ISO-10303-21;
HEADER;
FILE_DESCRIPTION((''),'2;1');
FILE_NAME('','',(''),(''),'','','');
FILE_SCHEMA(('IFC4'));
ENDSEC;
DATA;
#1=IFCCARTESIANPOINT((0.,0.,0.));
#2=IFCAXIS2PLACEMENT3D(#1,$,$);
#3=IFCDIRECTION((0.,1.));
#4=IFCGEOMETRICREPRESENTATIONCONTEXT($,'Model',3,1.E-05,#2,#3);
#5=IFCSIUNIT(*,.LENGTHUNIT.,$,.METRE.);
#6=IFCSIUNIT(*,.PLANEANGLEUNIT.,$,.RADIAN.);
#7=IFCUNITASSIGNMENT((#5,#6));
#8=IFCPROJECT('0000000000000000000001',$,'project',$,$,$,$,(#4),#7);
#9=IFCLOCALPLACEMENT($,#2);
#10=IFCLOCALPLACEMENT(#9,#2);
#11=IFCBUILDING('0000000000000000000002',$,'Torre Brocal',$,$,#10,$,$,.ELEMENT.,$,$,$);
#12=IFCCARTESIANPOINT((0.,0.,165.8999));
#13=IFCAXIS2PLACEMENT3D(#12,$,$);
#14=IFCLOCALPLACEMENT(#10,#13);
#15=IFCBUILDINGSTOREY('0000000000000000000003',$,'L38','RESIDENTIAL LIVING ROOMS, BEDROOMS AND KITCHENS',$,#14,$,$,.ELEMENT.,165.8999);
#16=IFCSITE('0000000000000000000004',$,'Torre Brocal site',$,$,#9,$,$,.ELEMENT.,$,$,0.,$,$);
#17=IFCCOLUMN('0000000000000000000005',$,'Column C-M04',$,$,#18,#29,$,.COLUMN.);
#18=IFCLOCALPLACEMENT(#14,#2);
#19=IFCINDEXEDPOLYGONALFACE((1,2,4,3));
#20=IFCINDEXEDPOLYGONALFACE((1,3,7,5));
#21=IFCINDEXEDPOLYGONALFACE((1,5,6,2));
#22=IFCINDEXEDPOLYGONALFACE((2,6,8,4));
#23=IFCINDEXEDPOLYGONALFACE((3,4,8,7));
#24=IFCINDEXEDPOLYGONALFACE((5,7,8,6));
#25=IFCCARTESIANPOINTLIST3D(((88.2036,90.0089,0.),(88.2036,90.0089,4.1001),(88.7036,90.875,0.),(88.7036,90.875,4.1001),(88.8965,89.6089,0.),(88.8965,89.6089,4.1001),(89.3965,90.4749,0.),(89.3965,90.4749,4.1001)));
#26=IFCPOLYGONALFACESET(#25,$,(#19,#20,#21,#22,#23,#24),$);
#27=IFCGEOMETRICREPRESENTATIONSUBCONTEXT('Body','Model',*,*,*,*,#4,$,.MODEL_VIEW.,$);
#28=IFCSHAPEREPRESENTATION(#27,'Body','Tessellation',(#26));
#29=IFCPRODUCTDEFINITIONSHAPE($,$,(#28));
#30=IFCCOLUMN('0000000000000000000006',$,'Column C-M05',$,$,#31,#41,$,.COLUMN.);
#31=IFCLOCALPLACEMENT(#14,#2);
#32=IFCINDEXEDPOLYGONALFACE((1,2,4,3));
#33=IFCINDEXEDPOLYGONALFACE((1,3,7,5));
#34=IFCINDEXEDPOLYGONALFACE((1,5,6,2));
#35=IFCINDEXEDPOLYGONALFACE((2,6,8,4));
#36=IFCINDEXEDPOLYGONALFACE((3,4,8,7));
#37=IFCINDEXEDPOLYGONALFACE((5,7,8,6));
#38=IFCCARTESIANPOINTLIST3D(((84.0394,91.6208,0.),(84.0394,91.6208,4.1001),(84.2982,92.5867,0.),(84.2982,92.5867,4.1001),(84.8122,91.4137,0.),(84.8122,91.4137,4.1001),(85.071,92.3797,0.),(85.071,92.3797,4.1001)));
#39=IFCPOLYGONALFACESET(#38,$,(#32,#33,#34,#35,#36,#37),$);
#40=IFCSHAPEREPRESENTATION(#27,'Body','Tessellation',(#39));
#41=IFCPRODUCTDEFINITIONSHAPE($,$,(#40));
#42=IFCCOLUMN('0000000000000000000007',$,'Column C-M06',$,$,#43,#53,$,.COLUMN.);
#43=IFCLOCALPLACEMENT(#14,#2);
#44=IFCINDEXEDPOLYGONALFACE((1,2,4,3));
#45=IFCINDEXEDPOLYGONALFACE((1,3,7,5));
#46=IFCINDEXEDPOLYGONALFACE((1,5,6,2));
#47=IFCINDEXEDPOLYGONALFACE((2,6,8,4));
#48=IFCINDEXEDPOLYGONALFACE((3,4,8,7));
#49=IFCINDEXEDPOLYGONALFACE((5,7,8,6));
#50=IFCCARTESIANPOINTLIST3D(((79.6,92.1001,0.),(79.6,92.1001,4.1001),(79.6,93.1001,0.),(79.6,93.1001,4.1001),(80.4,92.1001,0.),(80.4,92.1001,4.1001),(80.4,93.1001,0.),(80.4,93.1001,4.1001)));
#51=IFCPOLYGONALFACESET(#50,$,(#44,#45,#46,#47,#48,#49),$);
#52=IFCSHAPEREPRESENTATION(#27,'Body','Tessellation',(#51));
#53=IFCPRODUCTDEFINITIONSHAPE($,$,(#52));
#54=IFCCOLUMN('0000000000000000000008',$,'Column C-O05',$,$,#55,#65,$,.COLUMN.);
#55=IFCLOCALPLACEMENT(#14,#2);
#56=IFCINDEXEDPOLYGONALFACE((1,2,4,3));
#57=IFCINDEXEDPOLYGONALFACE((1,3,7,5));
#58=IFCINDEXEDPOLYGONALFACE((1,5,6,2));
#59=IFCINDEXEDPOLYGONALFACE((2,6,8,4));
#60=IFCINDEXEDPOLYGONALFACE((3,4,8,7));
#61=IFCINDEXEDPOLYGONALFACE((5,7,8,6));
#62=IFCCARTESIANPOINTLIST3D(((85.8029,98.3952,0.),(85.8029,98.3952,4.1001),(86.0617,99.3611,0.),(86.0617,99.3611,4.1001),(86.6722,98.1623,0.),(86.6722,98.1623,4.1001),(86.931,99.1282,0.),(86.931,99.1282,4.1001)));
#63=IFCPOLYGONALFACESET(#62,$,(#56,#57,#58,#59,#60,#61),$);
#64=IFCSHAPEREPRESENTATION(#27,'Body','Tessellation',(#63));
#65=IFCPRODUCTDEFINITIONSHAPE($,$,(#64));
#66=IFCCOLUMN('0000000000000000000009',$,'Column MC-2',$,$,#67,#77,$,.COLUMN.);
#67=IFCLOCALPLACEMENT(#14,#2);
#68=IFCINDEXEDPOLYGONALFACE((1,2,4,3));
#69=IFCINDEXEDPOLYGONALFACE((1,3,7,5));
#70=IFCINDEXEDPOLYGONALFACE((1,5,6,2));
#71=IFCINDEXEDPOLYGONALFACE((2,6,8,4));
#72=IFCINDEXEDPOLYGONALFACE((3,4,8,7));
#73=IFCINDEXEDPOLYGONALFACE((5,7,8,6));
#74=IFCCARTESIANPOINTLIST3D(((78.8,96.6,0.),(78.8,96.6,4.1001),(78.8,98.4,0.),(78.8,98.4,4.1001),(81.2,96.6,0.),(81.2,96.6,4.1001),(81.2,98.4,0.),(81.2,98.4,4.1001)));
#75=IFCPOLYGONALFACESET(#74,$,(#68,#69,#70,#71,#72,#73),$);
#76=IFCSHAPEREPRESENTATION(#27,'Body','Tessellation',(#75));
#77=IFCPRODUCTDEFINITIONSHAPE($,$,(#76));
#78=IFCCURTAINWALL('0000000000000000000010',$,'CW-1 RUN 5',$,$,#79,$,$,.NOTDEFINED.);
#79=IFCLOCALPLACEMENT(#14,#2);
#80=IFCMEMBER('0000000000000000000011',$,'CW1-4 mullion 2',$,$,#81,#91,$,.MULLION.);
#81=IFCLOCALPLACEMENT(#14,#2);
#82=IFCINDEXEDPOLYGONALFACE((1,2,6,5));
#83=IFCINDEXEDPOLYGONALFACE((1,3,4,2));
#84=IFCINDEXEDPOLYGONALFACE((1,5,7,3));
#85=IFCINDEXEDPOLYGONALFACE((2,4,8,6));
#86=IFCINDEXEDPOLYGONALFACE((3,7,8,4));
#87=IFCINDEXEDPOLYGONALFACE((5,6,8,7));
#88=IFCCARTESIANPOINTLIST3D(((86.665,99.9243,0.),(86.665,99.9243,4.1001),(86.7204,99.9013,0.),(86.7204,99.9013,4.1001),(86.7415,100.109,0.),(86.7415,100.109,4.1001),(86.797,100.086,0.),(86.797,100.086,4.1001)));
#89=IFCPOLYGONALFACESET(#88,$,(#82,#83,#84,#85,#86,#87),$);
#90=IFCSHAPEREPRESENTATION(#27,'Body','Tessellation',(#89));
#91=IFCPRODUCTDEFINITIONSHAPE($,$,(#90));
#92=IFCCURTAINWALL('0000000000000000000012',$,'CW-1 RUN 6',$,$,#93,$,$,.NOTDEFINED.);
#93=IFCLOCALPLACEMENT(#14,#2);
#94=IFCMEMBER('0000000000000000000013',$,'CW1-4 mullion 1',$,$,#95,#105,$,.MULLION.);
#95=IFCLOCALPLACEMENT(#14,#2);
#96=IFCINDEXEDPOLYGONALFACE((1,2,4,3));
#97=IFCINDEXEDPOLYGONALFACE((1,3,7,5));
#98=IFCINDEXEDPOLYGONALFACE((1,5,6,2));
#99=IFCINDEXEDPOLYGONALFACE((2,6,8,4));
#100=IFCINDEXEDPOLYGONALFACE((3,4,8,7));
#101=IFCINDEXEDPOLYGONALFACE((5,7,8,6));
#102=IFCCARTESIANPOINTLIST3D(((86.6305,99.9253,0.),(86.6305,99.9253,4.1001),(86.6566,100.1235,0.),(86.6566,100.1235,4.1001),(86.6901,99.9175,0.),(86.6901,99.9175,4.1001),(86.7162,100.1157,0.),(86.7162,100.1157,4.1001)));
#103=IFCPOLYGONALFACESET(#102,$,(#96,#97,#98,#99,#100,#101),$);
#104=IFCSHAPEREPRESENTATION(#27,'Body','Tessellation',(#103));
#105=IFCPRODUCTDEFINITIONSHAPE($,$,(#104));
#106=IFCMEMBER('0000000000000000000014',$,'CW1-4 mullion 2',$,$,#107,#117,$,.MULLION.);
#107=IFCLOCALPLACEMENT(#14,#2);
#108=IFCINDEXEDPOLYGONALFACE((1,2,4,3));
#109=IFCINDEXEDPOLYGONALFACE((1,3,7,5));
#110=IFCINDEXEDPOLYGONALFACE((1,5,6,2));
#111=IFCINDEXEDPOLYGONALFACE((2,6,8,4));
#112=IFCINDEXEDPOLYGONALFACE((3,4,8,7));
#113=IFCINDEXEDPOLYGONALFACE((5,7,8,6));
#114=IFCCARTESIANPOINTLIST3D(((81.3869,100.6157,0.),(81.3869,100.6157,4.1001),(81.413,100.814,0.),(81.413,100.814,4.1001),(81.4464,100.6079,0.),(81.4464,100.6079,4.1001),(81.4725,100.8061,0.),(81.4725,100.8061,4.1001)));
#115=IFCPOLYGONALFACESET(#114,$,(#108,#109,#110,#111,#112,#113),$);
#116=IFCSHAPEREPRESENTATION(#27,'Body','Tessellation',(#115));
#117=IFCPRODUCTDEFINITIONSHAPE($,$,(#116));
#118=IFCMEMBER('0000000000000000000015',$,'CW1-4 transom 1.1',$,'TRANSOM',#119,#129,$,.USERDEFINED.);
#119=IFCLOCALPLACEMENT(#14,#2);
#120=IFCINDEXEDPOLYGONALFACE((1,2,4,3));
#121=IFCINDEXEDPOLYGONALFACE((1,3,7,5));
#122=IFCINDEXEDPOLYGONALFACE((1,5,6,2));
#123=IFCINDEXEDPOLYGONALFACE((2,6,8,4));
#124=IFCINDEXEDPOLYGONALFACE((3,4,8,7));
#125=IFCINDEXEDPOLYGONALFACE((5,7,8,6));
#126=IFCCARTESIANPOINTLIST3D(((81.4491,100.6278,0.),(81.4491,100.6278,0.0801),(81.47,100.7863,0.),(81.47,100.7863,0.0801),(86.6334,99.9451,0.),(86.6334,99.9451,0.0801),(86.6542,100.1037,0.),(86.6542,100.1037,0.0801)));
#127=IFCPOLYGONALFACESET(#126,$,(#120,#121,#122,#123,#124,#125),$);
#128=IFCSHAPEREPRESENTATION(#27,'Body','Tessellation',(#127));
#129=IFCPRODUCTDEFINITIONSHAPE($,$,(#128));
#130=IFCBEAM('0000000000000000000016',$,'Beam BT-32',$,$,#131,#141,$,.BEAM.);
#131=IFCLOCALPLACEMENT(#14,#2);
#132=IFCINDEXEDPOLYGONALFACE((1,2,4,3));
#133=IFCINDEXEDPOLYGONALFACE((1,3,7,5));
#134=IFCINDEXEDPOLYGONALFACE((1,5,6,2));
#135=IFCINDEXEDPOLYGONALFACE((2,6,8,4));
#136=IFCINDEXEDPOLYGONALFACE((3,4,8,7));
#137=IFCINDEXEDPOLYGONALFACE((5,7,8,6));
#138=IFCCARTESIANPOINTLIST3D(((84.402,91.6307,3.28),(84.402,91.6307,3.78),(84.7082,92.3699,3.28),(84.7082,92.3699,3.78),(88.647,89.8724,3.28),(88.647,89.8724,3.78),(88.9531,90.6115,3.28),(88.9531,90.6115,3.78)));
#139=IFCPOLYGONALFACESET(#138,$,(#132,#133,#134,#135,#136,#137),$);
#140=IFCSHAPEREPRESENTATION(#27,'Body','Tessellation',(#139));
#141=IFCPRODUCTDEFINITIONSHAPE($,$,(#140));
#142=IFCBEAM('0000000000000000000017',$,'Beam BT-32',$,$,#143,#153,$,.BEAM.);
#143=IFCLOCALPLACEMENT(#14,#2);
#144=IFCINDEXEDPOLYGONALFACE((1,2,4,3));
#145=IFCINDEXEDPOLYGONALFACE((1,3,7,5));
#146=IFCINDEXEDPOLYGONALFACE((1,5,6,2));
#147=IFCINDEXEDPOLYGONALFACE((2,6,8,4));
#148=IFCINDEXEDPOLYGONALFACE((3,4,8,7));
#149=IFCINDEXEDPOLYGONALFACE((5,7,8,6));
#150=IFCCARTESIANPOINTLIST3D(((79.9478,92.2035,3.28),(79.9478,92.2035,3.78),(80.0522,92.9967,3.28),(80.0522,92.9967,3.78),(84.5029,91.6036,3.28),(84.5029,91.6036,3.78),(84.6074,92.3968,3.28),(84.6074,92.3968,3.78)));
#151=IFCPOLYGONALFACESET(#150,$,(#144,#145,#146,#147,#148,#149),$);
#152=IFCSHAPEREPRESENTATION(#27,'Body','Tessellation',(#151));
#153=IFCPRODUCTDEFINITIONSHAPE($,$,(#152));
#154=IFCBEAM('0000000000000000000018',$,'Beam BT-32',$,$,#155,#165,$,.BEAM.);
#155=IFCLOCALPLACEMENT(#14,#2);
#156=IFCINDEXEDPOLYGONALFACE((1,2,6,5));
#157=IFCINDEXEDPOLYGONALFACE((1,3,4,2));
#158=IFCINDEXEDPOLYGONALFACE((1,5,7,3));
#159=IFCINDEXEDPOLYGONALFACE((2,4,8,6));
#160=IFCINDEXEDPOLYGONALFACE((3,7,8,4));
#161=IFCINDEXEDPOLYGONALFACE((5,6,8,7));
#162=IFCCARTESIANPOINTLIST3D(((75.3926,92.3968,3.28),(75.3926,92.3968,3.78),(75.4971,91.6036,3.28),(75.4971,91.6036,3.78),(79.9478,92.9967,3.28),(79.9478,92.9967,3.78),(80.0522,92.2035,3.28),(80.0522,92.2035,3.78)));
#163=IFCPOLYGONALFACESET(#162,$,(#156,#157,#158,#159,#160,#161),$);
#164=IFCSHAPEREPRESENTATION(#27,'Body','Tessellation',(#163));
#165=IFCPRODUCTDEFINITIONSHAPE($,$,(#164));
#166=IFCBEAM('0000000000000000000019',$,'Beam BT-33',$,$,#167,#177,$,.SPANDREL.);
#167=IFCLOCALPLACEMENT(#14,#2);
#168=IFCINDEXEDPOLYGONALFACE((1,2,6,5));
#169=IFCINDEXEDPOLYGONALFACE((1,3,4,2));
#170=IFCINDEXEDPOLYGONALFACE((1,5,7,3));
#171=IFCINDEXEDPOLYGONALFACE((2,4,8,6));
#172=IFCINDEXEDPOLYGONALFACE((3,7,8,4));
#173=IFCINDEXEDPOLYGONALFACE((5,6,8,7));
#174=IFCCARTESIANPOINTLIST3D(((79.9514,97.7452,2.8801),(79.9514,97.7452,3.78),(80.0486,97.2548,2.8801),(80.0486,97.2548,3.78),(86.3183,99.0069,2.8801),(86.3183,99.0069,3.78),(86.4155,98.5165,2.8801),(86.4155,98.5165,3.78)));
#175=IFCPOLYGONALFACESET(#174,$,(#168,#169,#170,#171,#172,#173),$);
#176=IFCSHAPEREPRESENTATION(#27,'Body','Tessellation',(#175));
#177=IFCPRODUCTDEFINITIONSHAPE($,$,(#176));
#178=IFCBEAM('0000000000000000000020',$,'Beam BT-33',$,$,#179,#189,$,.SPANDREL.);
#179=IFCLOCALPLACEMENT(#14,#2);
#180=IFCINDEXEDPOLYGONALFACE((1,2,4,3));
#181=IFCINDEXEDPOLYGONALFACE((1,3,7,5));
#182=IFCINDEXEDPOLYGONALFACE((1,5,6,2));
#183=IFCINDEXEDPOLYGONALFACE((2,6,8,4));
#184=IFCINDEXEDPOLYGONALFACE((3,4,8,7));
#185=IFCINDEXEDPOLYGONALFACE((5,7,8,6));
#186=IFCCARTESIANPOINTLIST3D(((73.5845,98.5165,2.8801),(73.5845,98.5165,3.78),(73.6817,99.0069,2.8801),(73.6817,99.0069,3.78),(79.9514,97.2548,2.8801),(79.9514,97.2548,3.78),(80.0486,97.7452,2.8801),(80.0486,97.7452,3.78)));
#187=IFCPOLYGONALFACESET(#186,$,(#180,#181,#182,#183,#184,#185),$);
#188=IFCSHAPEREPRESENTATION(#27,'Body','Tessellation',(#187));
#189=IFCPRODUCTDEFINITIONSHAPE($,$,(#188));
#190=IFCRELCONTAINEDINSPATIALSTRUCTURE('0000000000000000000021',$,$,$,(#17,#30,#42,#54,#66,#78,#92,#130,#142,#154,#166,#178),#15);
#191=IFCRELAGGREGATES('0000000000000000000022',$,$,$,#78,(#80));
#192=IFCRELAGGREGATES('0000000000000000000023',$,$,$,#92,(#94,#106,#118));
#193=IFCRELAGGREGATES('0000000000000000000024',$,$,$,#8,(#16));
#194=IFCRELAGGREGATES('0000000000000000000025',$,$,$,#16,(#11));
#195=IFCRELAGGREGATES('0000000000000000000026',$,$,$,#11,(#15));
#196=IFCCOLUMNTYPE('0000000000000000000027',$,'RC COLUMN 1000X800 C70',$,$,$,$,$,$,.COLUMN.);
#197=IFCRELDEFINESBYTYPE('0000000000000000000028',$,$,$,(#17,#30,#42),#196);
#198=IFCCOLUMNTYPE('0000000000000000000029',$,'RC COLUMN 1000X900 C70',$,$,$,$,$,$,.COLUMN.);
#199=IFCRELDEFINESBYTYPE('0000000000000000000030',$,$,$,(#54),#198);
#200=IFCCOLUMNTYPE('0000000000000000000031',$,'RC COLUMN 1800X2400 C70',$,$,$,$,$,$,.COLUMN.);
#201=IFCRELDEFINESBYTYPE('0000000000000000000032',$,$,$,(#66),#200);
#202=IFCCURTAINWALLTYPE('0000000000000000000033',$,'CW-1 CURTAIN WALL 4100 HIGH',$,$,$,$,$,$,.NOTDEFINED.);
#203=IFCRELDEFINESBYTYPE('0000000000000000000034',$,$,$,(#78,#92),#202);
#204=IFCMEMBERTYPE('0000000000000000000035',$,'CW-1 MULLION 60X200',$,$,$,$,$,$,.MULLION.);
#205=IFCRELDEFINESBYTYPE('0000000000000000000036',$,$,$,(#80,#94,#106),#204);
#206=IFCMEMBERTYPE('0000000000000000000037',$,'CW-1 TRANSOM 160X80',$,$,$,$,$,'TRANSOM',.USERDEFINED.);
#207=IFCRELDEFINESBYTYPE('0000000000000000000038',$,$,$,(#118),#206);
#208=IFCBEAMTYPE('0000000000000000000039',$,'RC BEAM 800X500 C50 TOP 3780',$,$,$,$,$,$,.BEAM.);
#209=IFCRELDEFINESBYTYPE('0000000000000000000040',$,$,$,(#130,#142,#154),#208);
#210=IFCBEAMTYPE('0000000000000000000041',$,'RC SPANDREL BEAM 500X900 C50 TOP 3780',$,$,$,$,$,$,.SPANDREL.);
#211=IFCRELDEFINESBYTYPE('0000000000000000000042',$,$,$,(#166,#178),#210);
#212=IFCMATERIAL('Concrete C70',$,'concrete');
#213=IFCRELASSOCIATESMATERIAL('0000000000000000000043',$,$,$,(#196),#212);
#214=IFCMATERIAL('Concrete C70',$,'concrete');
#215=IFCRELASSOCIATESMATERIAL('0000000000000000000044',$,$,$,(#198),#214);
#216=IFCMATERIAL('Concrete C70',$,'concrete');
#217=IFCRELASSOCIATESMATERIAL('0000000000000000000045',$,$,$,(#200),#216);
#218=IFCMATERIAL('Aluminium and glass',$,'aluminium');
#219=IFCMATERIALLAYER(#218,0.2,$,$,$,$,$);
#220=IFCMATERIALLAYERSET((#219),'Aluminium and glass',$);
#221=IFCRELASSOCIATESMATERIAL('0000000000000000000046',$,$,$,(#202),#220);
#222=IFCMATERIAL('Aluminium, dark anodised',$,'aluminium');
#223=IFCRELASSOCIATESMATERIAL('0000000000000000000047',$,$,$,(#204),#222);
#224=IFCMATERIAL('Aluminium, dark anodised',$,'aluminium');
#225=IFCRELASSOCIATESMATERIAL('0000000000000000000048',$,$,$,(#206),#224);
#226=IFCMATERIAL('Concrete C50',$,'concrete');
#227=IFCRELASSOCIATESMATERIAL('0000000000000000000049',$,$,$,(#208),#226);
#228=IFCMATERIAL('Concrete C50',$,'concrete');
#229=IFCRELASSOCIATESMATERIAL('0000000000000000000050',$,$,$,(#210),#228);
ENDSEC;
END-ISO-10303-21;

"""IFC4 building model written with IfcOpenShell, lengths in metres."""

from ifc_helpers import new_model, si_unit, direction, frame, origin, origin_2d, place, context, subcontext, project, spatial, rectangle, extrude, material, layer, layer_set, material_profile, profile_set, type_object, element, aggregate, save


model = new_model("IFC4")

# Units and contexts
model_context = context("Model", 3, precision=1e-05, world=origin(), true_north=direction((0.0, 1.0)))
body_context = subcontext(model_context, "Body", "Model", "MODEL_VIEW")
ifc_project = project(units=[si_unit("LENGTHUNIT", "METRE"), si_unit("PLANEANGLEUNIT", "RADIAN")], contexts=[model_context])

# Site, building, storey
site_placement = place(None, origin())
site = spatial("IfcSite", under=ifc_project, at=site_placement, Name="Torre Brocal site", CompositionType="ELEMENT", RefElevation=0.0)
building_placement = place(site_placement, origin())
building = spatial("IfcBuilding", under=site, at=building_placement, Name="Torre Brocal", CompositionType="ELEMENT")
storey_placement = place(building_placement, frame((0.0, 0.0, 165.8999)))
storey = spatial("IfcBuildingStorey", under=building, at=storey_placement, Name="L38", Description="RESIDENTIAL LIVING ROOMS, BEDROOMS AND KITCHENS", CompositionType="ELEMENT", Elevation=165.8999)

# Columns
ifc_material_1 = material(Name="Concrete C70", Category="concrete")
ifc_material_profile_1 = material_profile(ifc_material_1, rectangle(XDim=1.0, YDim=0.8, at=origin_2d()), Name="RC 1000X800")
ifc_profile_set_1 = profile_set([ifc_material_profile_1], Name="Concrete C70")
column_type_1 = type_object("IfcColumnType", Name="RC COLUMN 1000X800 C70", PredefinedType="COLUMN", material=ifc_profile_set_1)
for number, where, z_axis, x_axis, name in (
    (1, (88.8, 90.2419, 0.0), (0.0, 0.0, 1.0), (0.5, 0.866025, 0.0), "Column C-M04"),
    (2, (84.5552, 92.0002, 0.0), (0.0, 0.0, 1.0), (0.258819, 0.965926, 0.0), "Column C-M05"),
    (3, (80.0, 92.6001, 0.0), (0.0, 0.0, 1.0), (0.0, 1.0, 0.0), "Column C-M06"),
):
    element("IfcColumn", number, at=place(storey_placement, frame(where, z_axis=z_axis, x_axis=x_axis)), inside=storey, type_object=column_type_1, Name=name, PredefinedType="COLUMN", context=body_context, shape_type="SweptSolid", body=[
        extrude(rectangle(XDim=1.0, YDim=0.8, at=origin_2d()), origin(), (0.0, 0.0, 1.0), 4.1001),
    ])
ifc_material_2 = material(Name="Concrete C70", Category="concrete")
ifc_material_profile_2 = material_profile(ifc_material_2, rectangle(XDim=1.0, YDim=0.8999, at=origin_2d()), Name="RC 1000X900")
ifc_profile_set_2 = profile_set([ifc_material_profile_2], Name="Concrete C70")
column_type_2 = type_object("IfcColumnType", Name="RC COLUMN 1000X900 C70", PredefinedType="COLUMN", material=ifc_profile_set_2)
column_1_placement = place(storey_placement, frame((86.3669, 98.7617, 0.0), z_axis=(0.0, 0.0, 1.0), x_axis=(0.258819, 0.965926, 0.0)))
element("IfcColumn", 4, at=column_1_placement, inside=storey, type_object=column_type_2, Name="Column C-O05", PredefinedType="COLUMN", context=body_context, shape_type="SweptSolid", body=[
    extrude(rectangle(XDim=1.0, YDim=0.8999, at=origin_2d()), origin(), (0.0, 0.0, 1.0), 4.1001),
])
ifc_material_3 = material(Name="Concrete C70", Category="concrete")
ifc_material_profile_3 = material_profile(ifc_material_3, rectangle(XDim=1.8, YDim=2.3999, at=origin_2d()), Name="RC 1800X2400")
ifc_profile_set_3 = profile_set([ifc_material_profile_3], Name="Concrete C70")
column_type_3 = type_object("IfcColumnType", Name="RC COLUMN 1800X2400 C70", PredefinedType="COLUMN", material=ifc_profile_set_3)
column_2_placement = place(storey_placement, frame((80.0, 97.5, 0.0), z_axis=(0.0, 0.0, 1.0), x_axis=(0.0, 1.0, 0.0)))
element("IfcColumn", 5, at=column_2_placement, inside=storey, type_object=column_type_3, Name="Column MC-2", PredefinedType="COLUMN", context=body_context, shape_type="SweptSolid", body=[
    extrude(rectangle(XDim=1.8, YDim=2.3999, at=origin_2d()), origin(), (0.0, 0.0, 1.0), 4.1001),
])

# Curtain wall, member
ifc_material_4 = material(Name="Aluminium and glass", Category="aluminium")
ifc_layer_1 = layer(ifc_material_4, 0.2)
ifc_layer_set_1 = layer_set([ifc_layer_1], Name="Aluminium and glass")
curtain_wall_type = type_object("IfcCurtainWallType", Name="CW-1 CURTAIN WALL 4100 HIGH", PredefinedType="NOTDEFINED", material=ifc_layer_set_1)
curtain_wall_1_placement = place(storey_placement, origin())
curtain_wall_1 = element("IfcCurtainWall", 6, at=curtain_wall_1_placement, inside=storey, type_object=curtain_wall_type, Name="CW-1 RUN 5", PredefinedType="NOTDEFINED")
ifc_material_5 = material(Name="Aluminium, dark anodised", Category="aluminium")
ifc_material_profile_4 = material_profile(ifc_material_5, rectangle(XDim=0.2, YDim=0.0601, at=origin_2d()), Name="CW-1 MULLION 60X200")
ifc_profile_set_4 = profile_set([ifc_material_profile_4], Name="Aluminium, dark anodised")
member_type_1 = type_object("IfcMemberType", Name="CW-1 MULLION 60X200", PredefinedType="MULLION", material=ifc_profile_set_4)
member_1_placement = place(storey_placement, frame((86.731, 100.0051, 0.0), z_axis=(0.0, 0.0, 1.0), x_axis=(-0.382683, -0.92388, 0.0)))
member_1 = element("IfcMember", 7, at=member_1_placement, type_object=member_type_1, Name="CW1-4 mullion 2", PredefinedType="MULLION", context=body_context, shape_type="SweptSolid", body=[
    extrude(rectangle(XDim=0.2, YDim=0.0601, at=origin_2d()), origin(), (0.0, 0.0, 1.0), 4.1001),
])

# Curtain wall, members
curtain_wall_2_placement = place(storey_placement, origin())
curtain_wall_2 = element("IfcCurtainWall", 8, at=curtain_wall_2_placement, inside=storey, type_object=curtain_wall_type, Name="CW-1 RUN 6", PredefinedType="NOTDEFINED")
member_2_placement = place(storey_placement, frame((86.6733, 100.0205, 0.0), z_axis=(0.0, 0.0, 1.0), x_axis=(-0.130526, -0.991445, 0.0)))
member_2 = element("IfcMember", 9, at=member_2_placement, type_object=member_type_1, Name="CW1-4 mullion 1", PredefinedType="MULLION", context=body_context, shape_type="SweptSolid", body=[
    extrude(rectangle(XDim=0.2, YDim=0.0601, at=origin_2d()), origin(), (0.0, 0.0, 1.0), 4.1001),
])
member_3_placement = place(storey_placement, frame((81.4297, 100.7109, 0.0), z_axis=(0.0, 0.0, 1.0), x_axis=(-0.130526, -0.991445, 0.0)))
member_3 = element("IfcMember", 10, at=member_3_placement, type_object=member_type_1, Name="CW1-4 mullion 2", PredefinedType="MULLION", context=body_context, shape_type="SweptSolid", body=[
    extrude(rectangle(XDim=0.2, YDim=0.0601, at=origin_2d()), origin(), (0.0, 0.0, 1.0), 4.1001),
])
ifc_material_6 = material(Name="Aluminium, dark anodised", Category="aluminium")
ifc_material_profile_5 = material_profile(ifc_material_6, rectangle(XDim=0.1599, YDim=0.0801, at=origin_2d()), Name="CW-1 TRANSOM 160X80")
ifc_profile_set_5 = profile_set([ifc_material_profile_5], Name="Aluminium, dark anodised")
member_type_2 = type_object("IfcMemberType", Name="CW-1 TRANSOM 160X80", ElementType="TRANSOM", PredefinedType="USERDEFINED", material=ifc_profile_set_5)
member_4_placement = place(storey_placement, frame((86.6438, 100.0244, 0.04), z_axis=(-0.991443, 0.130543, 0.0), x_axis=(-0.130543, -0.991443, 0.0)))
member_4 = element("IfcMember", 11, at=member_4_placement, type_object=member_type_2, Name="CW1-4 transom 1.1", ObjectType="TRANSOM", PredefinedType="USERDEFINED", context=body_context, shape_type="SweptSolid", body=[
    extrude(rectangle(XDim=0.1599, YDim=0.0801, at=origin_2d()), origin(), (0.0, 0.0, 1.0), 5.229),
])

# Beams
ifc_material_7 = material(Name="Concrete C50", Category="concrete")
ifc_material_profile_6 = material_profile(ifc_material_7, rectangle(XDim=0.8, YDim=0.5, at=origin_2d()), Name="RC 800X500")
ifc_profile_set_6 = profile_set([ifc_material_profile_6], Name="Concrete C50")
beam_type_1 = type_object("IfcBeamType", Name="RC BEAM 800X500 C50 TOP 3780", PredefinedType="BEAM", material=ifc_profile_set_6)
beam_placement = place(storey_placement, frame((88.8, 90.2419, 3.53), z_axis=(-0.923878, 0.382687, 0.0), x_axis=(-0.382687, -0.923878, 0.0)))
element("IfcBeam", 12, at=beam_placement, inside=storey, type_object=beam_type_1, Name="Beam BT-32", PredefinedType="BEAM", context=body_context, shape_type="SweptSolid", body=[
    extrude(rectangle(XDim=0.8, YDim=0.5, at=origin_2d()), origin(), (0.0, 0.0, 1.0), 4.5947),
])
for number, where, z_axis, x_axis, name in (
    (13, (84.5552, 92.0002, 3.53), (-0.991441, 0.130559, 0.0), (-0.130559, -0.991441, 0.0), "Beam BT-32"),
    (14, (80.0, 92.6001, 3.53), (-0.991441, -0.130559, 0.0), (0.130559, -0.991441, 0.0), "Beam BT-32"),
):
    element("IfcBeam", number, at=place(storey_placement, frame(where, z_axis=z_axis, x_axis=x_axis)), inside=storey, type_object=beam_type_1, Name=name, PredefinedType="BEAM", context=body_context, shape_type="SweptSolid", body=[
        extrude(rectangle(XDim=0.8, YDim=0.5, at=origin_2d()), origin(), (0.0, 0.0, 1.0), 4.5945),
    ])
ifc_material_8 = material(Name="Concrete C50", Category="concrete")
ifc_material_profile_7 = material_profile(ifc_material_8, rectangle(XDim=0.5, YDim=0.8999, at=origin_2d()), Name="RC 500X900")
ifc_profile_set_7 = profile_set([ifc_material_profile_7], Name="Concrete C50")
beam_type_2 = type_object("IfcBeamType", Name="RC SPANDREL BEAM 500X900 C50 TOP 3780", PredefinedType="SPANDREL", material=ifc_profile_set_7)
for number, where, z_axis, x_axis, name in (
    (15, (86.3669, 98.7617, 3.3301), (-0.980925, -0.194387, 0.0), (0.194387, -0.980925, 0.0), "Beam BT-33"),
    (16, (80.0, 97.5, 3.3301), (-0.980925, 0.194387, 0.0), (-0.194387, -0.980925, 0.0), "Beam BT-33"),
):
    element("IfcBeam", number, at=place(storey_placement, frame(where, z_axis=z_axis, x_axis=x_axis)), inside=storey, type_object=beam_type_2, Name=name, PredefinedType="SPANDREL", context=body_context, shape_type="SweptSolid", body=[
        extrude(rectangle(XDim=0.5, YDim=0.8999, at=origin_2d()), origin(), (0.0, 0.0, 1.0), 6.4907),
    ])

aggregate(curtain_wall_1, [member_1])
aggregate(curtain_wall_2, [member_2, member_3, member_4])

save(model, "model.ifc")
